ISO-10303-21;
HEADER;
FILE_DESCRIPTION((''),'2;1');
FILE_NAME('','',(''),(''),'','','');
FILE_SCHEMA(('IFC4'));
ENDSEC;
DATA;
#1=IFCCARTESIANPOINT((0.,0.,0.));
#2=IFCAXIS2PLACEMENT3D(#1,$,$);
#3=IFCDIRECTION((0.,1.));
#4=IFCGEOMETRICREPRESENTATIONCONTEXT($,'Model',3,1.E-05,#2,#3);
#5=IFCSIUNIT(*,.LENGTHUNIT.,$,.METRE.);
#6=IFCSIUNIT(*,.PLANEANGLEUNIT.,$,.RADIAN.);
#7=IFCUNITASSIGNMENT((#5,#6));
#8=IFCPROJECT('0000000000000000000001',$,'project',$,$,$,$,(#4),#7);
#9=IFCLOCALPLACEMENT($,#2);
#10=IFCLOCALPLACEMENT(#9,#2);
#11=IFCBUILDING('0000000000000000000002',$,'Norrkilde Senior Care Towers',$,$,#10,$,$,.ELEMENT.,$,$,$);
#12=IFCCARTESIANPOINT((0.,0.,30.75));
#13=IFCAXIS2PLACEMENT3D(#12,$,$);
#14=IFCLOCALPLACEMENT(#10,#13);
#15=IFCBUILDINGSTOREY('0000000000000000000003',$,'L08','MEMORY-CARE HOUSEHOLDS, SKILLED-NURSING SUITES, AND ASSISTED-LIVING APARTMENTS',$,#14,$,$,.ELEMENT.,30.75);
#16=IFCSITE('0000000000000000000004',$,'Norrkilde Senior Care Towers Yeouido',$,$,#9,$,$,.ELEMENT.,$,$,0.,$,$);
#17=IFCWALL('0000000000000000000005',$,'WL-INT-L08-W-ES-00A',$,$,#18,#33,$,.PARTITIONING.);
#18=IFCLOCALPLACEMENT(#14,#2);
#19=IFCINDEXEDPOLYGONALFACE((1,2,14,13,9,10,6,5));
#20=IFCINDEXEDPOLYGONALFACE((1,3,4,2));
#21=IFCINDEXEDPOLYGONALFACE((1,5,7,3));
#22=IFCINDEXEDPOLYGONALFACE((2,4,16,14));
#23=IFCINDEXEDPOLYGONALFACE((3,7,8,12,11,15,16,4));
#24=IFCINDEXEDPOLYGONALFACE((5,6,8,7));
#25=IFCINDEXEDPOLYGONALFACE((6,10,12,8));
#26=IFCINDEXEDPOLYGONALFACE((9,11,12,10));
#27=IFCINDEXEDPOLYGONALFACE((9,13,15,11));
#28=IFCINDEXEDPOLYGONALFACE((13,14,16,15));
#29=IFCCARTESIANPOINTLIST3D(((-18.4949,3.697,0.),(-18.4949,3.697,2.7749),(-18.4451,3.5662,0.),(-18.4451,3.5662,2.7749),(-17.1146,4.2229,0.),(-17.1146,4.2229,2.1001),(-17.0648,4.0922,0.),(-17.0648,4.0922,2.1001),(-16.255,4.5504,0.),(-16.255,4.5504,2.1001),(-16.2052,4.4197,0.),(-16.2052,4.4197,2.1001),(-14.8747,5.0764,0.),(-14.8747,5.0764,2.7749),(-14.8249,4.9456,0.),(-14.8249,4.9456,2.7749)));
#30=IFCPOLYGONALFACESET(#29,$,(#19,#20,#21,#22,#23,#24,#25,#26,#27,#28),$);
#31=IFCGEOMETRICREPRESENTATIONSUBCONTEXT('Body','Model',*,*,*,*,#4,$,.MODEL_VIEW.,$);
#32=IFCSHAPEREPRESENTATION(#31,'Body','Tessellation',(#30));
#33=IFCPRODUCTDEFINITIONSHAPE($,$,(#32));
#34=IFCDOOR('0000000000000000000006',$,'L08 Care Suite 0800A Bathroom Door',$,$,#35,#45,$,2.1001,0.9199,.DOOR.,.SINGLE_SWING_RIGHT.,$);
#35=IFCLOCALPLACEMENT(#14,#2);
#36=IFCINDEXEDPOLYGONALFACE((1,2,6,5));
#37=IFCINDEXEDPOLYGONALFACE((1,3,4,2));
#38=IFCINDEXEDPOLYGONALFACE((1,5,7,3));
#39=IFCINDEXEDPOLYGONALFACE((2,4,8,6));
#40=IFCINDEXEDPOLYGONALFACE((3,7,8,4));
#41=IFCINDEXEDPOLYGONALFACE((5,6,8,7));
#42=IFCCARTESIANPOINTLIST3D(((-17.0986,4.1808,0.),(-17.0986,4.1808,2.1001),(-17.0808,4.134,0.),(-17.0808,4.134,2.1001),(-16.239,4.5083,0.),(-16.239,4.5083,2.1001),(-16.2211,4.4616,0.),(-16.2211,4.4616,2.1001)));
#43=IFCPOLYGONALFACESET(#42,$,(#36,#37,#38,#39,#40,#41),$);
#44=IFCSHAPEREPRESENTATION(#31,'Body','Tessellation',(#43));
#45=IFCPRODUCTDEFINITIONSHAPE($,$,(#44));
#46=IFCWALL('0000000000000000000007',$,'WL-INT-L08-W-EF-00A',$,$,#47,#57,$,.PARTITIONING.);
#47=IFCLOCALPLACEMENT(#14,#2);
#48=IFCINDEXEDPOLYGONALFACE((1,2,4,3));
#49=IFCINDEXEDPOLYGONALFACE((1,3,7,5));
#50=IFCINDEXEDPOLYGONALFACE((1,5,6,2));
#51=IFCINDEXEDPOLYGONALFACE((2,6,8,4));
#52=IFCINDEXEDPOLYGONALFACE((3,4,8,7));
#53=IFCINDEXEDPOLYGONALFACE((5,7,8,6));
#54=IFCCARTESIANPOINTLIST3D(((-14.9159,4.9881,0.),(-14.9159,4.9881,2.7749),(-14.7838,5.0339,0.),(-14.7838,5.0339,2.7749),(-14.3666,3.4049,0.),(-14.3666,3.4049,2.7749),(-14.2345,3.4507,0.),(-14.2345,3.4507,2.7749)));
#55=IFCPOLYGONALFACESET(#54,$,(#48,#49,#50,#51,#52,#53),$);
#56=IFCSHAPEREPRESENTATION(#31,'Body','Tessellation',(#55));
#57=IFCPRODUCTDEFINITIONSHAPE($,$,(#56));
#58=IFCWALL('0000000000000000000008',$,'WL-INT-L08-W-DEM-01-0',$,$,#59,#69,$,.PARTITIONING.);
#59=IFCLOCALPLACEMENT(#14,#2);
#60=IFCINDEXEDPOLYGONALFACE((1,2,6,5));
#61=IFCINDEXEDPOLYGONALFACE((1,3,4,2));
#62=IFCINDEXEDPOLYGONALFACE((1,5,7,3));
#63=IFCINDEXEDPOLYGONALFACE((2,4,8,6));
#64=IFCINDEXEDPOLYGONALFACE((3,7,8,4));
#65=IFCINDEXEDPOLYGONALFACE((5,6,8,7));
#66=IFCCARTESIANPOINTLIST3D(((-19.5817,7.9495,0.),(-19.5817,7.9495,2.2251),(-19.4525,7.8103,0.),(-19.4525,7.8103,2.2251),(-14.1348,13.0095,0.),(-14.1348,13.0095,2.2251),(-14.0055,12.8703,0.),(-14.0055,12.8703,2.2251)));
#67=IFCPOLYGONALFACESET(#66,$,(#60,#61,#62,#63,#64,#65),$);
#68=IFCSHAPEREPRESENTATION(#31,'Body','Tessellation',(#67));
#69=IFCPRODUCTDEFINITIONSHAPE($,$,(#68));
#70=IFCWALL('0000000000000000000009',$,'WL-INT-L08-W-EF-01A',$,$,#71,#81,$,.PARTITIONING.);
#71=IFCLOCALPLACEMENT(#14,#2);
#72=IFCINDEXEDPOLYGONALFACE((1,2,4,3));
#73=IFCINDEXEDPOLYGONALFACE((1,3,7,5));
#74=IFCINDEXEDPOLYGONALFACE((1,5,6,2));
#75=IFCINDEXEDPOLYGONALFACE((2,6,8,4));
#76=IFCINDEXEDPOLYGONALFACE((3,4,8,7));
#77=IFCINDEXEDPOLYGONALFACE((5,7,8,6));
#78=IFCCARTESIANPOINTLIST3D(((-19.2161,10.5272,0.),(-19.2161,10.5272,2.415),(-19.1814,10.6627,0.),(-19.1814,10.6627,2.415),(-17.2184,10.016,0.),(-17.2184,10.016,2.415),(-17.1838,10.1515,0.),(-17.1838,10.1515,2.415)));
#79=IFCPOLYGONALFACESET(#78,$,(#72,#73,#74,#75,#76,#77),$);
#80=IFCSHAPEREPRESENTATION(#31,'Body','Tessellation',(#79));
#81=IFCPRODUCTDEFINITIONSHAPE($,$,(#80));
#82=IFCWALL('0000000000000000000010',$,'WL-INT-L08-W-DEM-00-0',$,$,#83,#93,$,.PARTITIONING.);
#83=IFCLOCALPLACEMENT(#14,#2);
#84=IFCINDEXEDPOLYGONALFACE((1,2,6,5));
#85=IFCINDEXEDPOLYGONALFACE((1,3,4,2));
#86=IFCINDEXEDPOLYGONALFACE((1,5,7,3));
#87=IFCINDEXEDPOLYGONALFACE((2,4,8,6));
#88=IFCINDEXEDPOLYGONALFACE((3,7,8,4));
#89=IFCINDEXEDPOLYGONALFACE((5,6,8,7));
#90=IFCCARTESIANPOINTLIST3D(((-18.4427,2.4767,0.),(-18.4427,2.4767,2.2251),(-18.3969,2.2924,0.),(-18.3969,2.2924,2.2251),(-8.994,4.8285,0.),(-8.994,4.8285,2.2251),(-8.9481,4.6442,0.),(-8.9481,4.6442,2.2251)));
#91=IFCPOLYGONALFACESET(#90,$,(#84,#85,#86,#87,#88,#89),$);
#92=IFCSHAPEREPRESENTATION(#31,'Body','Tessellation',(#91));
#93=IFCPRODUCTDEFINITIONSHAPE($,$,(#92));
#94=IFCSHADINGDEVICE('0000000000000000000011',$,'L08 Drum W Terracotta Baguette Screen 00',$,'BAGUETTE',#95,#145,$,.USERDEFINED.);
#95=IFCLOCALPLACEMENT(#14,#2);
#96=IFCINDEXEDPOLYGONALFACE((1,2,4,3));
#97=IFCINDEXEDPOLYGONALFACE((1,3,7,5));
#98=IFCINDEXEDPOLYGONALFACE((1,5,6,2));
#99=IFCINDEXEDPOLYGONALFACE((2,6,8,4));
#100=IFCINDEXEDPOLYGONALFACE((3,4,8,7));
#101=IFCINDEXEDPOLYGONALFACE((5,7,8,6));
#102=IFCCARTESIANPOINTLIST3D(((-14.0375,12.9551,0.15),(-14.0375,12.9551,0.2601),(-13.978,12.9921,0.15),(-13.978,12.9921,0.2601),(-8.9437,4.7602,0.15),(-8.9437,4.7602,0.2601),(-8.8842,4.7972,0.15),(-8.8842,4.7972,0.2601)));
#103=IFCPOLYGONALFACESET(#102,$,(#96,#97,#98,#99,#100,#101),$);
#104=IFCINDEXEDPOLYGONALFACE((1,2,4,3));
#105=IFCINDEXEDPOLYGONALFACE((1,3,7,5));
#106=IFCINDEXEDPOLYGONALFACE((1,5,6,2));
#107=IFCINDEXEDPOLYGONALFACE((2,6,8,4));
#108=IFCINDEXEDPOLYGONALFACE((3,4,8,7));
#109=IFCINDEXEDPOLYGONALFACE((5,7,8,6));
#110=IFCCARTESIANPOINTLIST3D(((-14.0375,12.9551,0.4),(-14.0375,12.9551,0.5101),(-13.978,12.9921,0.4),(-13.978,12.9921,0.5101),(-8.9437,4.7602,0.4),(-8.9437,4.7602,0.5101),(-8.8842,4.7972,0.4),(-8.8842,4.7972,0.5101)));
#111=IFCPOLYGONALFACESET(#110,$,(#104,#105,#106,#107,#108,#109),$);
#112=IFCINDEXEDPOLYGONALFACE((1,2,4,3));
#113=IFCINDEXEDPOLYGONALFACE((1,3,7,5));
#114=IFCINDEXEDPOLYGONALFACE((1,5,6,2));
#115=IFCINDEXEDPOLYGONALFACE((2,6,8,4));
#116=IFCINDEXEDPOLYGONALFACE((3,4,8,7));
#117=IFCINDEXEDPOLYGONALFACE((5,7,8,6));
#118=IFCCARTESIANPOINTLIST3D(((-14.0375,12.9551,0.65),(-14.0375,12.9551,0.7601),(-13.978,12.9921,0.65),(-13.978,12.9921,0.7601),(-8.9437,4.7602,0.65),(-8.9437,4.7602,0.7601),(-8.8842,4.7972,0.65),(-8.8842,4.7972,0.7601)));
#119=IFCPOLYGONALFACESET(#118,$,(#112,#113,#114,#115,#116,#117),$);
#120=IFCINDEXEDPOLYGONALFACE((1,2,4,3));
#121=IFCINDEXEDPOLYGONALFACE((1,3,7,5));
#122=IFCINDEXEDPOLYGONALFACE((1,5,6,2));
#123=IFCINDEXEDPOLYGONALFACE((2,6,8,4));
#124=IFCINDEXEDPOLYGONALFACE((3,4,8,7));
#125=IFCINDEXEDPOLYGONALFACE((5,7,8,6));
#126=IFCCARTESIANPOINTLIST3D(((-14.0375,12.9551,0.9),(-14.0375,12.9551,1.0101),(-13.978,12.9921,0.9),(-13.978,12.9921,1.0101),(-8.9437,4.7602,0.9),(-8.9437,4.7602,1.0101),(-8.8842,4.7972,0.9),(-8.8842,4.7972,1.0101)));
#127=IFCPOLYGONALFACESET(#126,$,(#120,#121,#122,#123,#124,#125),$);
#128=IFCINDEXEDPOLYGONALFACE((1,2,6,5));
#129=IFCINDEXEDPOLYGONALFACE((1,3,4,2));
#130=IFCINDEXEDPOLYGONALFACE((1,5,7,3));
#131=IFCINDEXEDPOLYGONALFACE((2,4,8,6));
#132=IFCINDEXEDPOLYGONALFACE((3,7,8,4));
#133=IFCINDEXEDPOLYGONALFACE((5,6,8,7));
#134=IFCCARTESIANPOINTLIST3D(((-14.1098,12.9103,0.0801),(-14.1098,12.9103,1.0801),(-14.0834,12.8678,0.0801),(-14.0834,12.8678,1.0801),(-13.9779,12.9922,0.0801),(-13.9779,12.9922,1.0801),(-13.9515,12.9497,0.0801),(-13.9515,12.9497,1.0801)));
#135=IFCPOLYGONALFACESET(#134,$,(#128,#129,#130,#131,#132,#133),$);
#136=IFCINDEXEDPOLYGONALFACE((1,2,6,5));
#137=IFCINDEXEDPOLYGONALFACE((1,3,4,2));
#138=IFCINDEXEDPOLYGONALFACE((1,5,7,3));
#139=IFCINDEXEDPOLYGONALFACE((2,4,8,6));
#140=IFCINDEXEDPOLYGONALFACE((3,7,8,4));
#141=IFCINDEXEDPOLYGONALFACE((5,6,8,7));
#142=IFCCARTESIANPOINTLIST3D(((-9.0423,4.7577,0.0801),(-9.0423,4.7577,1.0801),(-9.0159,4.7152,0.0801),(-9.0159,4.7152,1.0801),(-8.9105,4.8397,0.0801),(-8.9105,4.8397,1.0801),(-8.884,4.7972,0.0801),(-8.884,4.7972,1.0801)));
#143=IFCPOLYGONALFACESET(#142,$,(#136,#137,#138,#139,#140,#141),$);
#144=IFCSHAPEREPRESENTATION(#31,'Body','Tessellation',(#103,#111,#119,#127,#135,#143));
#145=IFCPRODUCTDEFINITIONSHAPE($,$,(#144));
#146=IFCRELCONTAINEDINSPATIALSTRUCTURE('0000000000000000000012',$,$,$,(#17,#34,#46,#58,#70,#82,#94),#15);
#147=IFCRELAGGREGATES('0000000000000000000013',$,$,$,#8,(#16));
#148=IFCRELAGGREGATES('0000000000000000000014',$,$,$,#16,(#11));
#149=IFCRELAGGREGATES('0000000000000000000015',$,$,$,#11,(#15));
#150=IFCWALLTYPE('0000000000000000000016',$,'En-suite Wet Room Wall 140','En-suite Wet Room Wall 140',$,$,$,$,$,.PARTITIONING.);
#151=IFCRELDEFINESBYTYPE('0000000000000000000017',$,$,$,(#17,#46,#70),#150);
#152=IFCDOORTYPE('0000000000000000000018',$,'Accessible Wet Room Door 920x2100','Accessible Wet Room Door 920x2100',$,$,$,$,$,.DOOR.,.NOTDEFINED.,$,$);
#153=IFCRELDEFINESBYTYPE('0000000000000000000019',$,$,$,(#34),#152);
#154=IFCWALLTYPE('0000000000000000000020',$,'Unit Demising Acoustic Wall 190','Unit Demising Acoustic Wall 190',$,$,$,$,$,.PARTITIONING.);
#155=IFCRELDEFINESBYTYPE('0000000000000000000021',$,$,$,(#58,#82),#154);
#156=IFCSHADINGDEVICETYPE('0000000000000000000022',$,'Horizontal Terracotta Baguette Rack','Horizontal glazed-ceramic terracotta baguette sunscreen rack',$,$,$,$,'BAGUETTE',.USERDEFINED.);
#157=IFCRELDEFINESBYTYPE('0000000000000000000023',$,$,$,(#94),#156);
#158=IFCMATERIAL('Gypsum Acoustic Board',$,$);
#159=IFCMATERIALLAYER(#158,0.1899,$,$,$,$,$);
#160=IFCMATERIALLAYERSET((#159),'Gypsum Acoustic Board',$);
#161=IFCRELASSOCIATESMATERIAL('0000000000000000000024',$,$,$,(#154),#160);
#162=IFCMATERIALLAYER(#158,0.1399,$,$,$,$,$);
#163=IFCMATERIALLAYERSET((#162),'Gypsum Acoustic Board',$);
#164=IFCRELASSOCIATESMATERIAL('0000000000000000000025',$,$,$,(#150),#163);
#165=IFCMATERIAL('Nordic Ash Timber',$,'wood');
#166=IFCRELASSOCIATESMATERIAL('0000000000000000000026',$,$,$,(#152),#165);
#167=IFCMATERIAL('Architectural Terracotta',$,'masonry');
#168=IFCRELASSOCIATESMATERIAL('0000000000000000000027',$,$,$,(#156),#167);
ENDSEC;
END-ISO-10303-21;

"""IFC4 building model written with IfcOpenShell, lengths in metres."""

from ifc_helpers import new_model, si_unit, direction, frame, frame_2d, origin, origin_2d, place, context, subcontext, project, spatial, rectangle, extrude, source, transform, mapped, material, layer, layer_set, type_object, type_shapes, element, fill, save


model = new_model("IFC4")

# Units and contexts
model_context = context("Model", 3, precision=1e-05, world=origin(), true_north=direction((0.0, 1.0)))
body_context = subcontext(model_context, "Body", "Model", "MODEL_VIEW")
ifc_project = project(units=[si_unit("LENGTHUNIT", "METRE"), si_unit("PLANEANGLEUNIT", "RADIAN")], contexts=[model_context])

# Site, building, storey
site_placement = place(None, origin())
site = spatial("IfcSite", under=ifc_project, at=site_placement, Name="Norrkilde Senior Care Towers Yeouido", CompositionType="ELEMENT", RefElevation=0.0)
building_placement = place(site_placement, origin())
building = spatial("IfcBuilding", under=site, at=building_placement, Name="Norrkilde Senior Care Towers", CompositionType="ELEMENT")
storey_placement = place(building_placement, frame((0.0, 0.0, 30.75)))
storey = spatial("IfcBuildingStorey", under=building, at=storey_placement, Name="L08", Description="MEMORY-CARE HOUSEHOLDS, SKILLED-NURSING SUITES, AND ASSISTED-LIVING APARTMENTS", CompositionType="ELEMENT", Elevation=30.75)

# Shared definitions
ifc_material_1 = material(Name="Gypsum Acoustic Board")
ifc_material_2 = material(Name="Nordic Ash Timber", Category="wood")

# Shared definitions
ifc_layer_1 = layer(ifc_material_1, 0.1899)
ifc_layer_set_1 = layer_set([ifc_layer_1], Name="Gypsum Acoustic Board")
wall_type_1 = type_object("IfcWallType", Name="Unit Demising Acoustic Wall 190", Description="Unit Demising Acoustic Wall 190", PredefinedType="PARTITIONING", material=ifc_layer_set_1)

# Wall, opening, door
ifc_layer_2 = layer(ifc_material_1, 0.1399)
ifc_layer_set_2 = layer_set([ifc_layer_2], Name="Gypsum Acoustic Board")
wall_type_2 = type_object("IfcWallType", Name="En-suite Wet Room Wall 140", Description="En-suite Wet Room Wall 140", PredefinedType="PARTITIONING", material=ifc_layer_set_2)
shared_shape_1 = source(origin(), body_context, "Body", "SweptSolid", [
    extrude(rectangle(XDim=3.874, YDim=0.1399, at=frame_2d((1.937, 0.0))), origin(), (0.0, 0.0, 1.0), 2.7749),
])
wall_1_placement = place(storey_placement, frame((-18.47, 3.6316, 0.0), z_axis=(0.0, 0.0, 1.0), x_axis=(0.934462, 0.356063, 0.0)))
wall_1 = element("IfcWall", 1, at=wall_1_placement, inside=storey, type_object=wall_type_2, Name="WL-INT-L08-W-ES-00A", PredefinedType="PARTITIONING", context=body_context, shape_type="MappedRepresentation", body=[
    mapped(shared_shape_1, transform((0.0, 0.0, 0.0), x_axis=(1.0, 0.0, 0.0), y_axis=(0.0, 1.0, 0.0), z_axis=(0.0, 0.0, 1.0), scale=1.0)),
])
opening_1_placement = place(wall_1_placement, frame((1.4771, 0.0, 0.0)))
opening_1 = element("IfcOpeningElement", 2, at=opening_1_placement, cuts=wall_1, PredefinedType="OPENING", context=body_context, shape_type="SweptSolid", body=[
    extrude(rectangle(XDim=0.9199, YDim=2.1001, at=frame_2d((0.46, 1.05))), frame((0.0, 0.0798, 0.0), z_axis=(0.0, -1.0, 0.0), x_axis=(1.0, 0.0, 0.0)), (0.0, 0.0, 1.0), 0.1599),
])
door_type_1 = type_object("IfcDoorType", Name="Accessible Wet Room Door 920x2100", Description="Accessible Wet Room Door 920x2100", OperationType="NOTDEFINED", PredefinedType="DOOR", material=ifc_material_2)
shared_shape_2 = source(origin(), body_context, "Body", "SweptSolid", [
    extrude(rectangle(XDim=0.9199, YDim=2.1001, at=frame_2d((0.46, 1.05))), frame((0.0, 0.0249, 0.0), z_axis=(0.0, -1.0, 0.0), x_axis=(1.0, 0.0, 0.0)), (0.0, 0.0, 1.0), 0.05),
])
type_shapes(door_type_1, [shared_shape_2])
door_1_placement = place(opening_1_placement, origin())
door_1 = element("IfcDoor", 3, at=door_1_placement, inside=storey, type_object=door_type_1, Name="L08 Care Suite 0800A Bathroom Door", OperationType="SINGLE_SWING_RIGHT", OverallHeight=2.1001, OverallWidth=0.9199, PredefinedType="DOOR", context=body_context, shape_type="MappedRepresentation", body=[
    mapped(shared_shape_2, transform((0.0, 0.0, 0.0), x_axis=(1.0, 0.0, 0.0), y_axis=(0.0, 1.0, 0.0), z_axis=(0.0, 0.0, 1.0), scale=1.0)),
])
fill(opening_1, door_1)

# Walls
shared_shape_3 = source(origin(), body_context, "Body", "SweptSolid", [
    extrude(rectangle(XDim=1.6758, YDim=0.1399, at=frame_2d((0.8379, 0.0))), origin(), (0.0, 0.0, 1.0), 2.7749),
])
wall_2_placement = place(storey_placement, frame((-14.8499, 5.011, 0.0), z_axis=(0.0, 0.0, 1.0), x_axis=(0.327786, -0.944752, 0.0)))
element("IfcWall", 4, at=wall_2_placement, inside=storey, type_object=wall_type_2, Name="WL-INT-L08-W-EF-00A", PredefinedType="PARTITIONING", context=body_context, shape_type="MappedRepresentation", body=[
    mapped(shared_shape_3, transform((0.0, 0.0, 0.0), x_axis=(1.0, 0.0, 0.0), y_axis=(0.0, 1.0, 0.0), z_axis=(0.0, 0.0, 1.0), scale=1.0)),
])
shared_shape_4 = source(origin(), body_context, "Body", "SweptSolid", [
    extrude(rectangle(XDim=7.4346, YDim=0.1899, at=frame_2d((3.7173, 0.0))), origin(), (0.0, 0.0, 1.0), 2.2251),
])
wall_3_placement = place(storey_placement, frame((-19.5171, 7.8799, 0.0), z_axis=(0.0, 0.0, 1.0), x_axis=(0.732652, 0.680603, 0.0)))
element("IfcWall", 5, at=wall_3_placement, inside=storey, type_object=wall_type_1, Name="WL-INT-L08-W-DEM-01-0", PredefinedType="PARTITIONING", context=body_context, shape_type="MappedRepresentation", body=[
    mapped(shared_shape_4, transform((0.0, 0.0, 0.0), x_axis=(1.0, 0.0, 0.0), y_axis=(0.0, 1.0, 0.0), z_axis=(0.0, 0.0, 1.0), scale=1.0)),
])
shared_shape_5 = source(origin(), body_context, "Body", "SweptSolid", [
    extrude(rectangle(XDim=2.062, YDim=0.1399, at=frame_2d((1.031, 0.0))), origin(), (0.0, 0.0, 1.0), 2.415),
])
type_shapes(wall_type_2, [shared_shape_1, shared_shape_3, shared_shape_5])
wall_4_placement = place(storey_placement, frame((-19.1987, 10.595, 0.0), z_axis=(0.0, 0.0, 1.0), x_axis=(0.968776, -0.247937, 0.0)))
element("IfcWall", 6, at=wall_4_placement, inside=storey, type_object=wall_type_2, Name="WL-INT-L08-W-EF-01A", PredefinedType="PARTITIONING", context=body_context, shape_type="MappedRepresentation", body=[
    mapped(shared_shape_5, transform((0.0, 0.0, 0.0), x_axis=(1.0, 0.0, 0.0), y_axis=(0.0, 1.0, 0.0), z_axis=(0.0, 0.0, 1.0), scale=1.0)),
])
shared_shape_6 = source(origin(), body_context, "Body", "SweptSolid", [
    extrude(rectangle(XDim=9.7371, YDim=0.1899, at=frame_2d((4.8687, 0.0))), origin(), (0.0, 0.0, 1.0), 2.2251),
])
wall_5_placement = place(storey_placement, frame((-18.4199, 2.3845, 0.0), z_axis=(0.0, 0.0, 1.0), x_axis=(0.970393, 0.241533, 0.0)))
element("IfcWall", 7, at=wall_5_placement, inside=storey, type_object=wall_type_1, Name="WL-INT-L08-W-DEM-00-0", PredefinedType="PARTITIONING", context=body_context, shape_type="MappedRepresentation", body=[
    mapped(shared_shape_6, transform((0.0, 0.0, 0.0), x_axis=(1.0, 0.0, 0.0), y_axis=(0.0, 1.0, 0.0), z_axis=(0.0, 0.0, 1.0), scale=1.0)),
])

# Shading device
ifc_material_3 = material(Name="Architectural Terracotta", Category="masonry")
shading_device_type = type_object("IfcShadingDeviceType", Name="Horizontal Terracotta Baguette Rack", Description="Horizontal glazed-ceramic terracotta baguette sunscreen rack", ElementType="BAGUETTE", PredefinedType="USERDEFINED", material=ifc_material_3)
shared_shape_7 = source(origin(), body_context, "Body", "SweptSolid", [
    extrude(rectangle(XDim=0.0701, YDim=0.1101, at=origin_2d()), frame((0.0, 0.0901, 0.125), z_axis=(1.0, 0.0, 0.0), x_axis=(0.0, 1.0, 0.0)), (0.0, 0.0, 1.0), 9.6489),
    extrude(rectangle(XDim=0.0701, YDim=0.1101, at=origin_2d()), frame((0.0, 0.0901, 0.375), z_axis=(1.0, 0.0, 0.0), x_axis=(0.0, 1.0, 0.0)), (0.0, 0.0, 1.0), 9.6489),
    extrude(rectangle(XDim=0.0701, YDim=0.1101, at=origin_2d()), frame((0.0, 0.0901, 0.625), z_axis=(1.0, 0.0, 0.0), x_axis=(0.0, 1.0, 0.0)), (0.0, 0.0, 1.0), 9.6489),
    extrude(rectangle(XDim=0.0701, YDim=0.1101, at=origin_2d()), frame((0.0, 0.0901, 0.875), z_axis=(1.0, 0.0, 0.0), x_axis=(0.0, 1.0, 0.0)), (0.0, 0.0, 1.0), 9.6489),
    extrude(rectangle(XDim=0.05, YDim=0.1553, at=origin_2d()), frame((0.0249, 0.0476, 0.0)), (0.0, 0.0, 1.0), 1.0),
    extrude(rectangle(XDim=0.05, YDim=0.1553, at=origin_2d()), frame((9.624, 0.0476, 0.0)), (0.0, 0.0, 1.0), 1.0),
])
type_shapes(shading_device_type, [shared_shape_7])
shading_device_placement = place(storey_placement, frame((-14.0842, 12.926, 0.0801), z_axis=(0.0, 0.0, 1.0), x_axis=(0.527909, -0.849299, 0.0)))
element("IfcShadingDevice", 8, at=shading_device_placement, inside=storey, type_object=shading_device_type, Name="L08 Drum W Terracotta Baguette Screen 00", ObjectType="BAGUETTE", PredefinedType="USERDEFINED", context=body_context, shape_type="MappedRepresentation", body=[
    mapped(shared_shape_7, transform((0.0, 0.0, 0.0), x_axis=(1.0, 0.0, 0.0), y_axis=(0.0, 1.0, 0.0), z_axis=(0.0, 0.0, 1.0), scale=1.0)),
])

save(model, "model.ifc")
